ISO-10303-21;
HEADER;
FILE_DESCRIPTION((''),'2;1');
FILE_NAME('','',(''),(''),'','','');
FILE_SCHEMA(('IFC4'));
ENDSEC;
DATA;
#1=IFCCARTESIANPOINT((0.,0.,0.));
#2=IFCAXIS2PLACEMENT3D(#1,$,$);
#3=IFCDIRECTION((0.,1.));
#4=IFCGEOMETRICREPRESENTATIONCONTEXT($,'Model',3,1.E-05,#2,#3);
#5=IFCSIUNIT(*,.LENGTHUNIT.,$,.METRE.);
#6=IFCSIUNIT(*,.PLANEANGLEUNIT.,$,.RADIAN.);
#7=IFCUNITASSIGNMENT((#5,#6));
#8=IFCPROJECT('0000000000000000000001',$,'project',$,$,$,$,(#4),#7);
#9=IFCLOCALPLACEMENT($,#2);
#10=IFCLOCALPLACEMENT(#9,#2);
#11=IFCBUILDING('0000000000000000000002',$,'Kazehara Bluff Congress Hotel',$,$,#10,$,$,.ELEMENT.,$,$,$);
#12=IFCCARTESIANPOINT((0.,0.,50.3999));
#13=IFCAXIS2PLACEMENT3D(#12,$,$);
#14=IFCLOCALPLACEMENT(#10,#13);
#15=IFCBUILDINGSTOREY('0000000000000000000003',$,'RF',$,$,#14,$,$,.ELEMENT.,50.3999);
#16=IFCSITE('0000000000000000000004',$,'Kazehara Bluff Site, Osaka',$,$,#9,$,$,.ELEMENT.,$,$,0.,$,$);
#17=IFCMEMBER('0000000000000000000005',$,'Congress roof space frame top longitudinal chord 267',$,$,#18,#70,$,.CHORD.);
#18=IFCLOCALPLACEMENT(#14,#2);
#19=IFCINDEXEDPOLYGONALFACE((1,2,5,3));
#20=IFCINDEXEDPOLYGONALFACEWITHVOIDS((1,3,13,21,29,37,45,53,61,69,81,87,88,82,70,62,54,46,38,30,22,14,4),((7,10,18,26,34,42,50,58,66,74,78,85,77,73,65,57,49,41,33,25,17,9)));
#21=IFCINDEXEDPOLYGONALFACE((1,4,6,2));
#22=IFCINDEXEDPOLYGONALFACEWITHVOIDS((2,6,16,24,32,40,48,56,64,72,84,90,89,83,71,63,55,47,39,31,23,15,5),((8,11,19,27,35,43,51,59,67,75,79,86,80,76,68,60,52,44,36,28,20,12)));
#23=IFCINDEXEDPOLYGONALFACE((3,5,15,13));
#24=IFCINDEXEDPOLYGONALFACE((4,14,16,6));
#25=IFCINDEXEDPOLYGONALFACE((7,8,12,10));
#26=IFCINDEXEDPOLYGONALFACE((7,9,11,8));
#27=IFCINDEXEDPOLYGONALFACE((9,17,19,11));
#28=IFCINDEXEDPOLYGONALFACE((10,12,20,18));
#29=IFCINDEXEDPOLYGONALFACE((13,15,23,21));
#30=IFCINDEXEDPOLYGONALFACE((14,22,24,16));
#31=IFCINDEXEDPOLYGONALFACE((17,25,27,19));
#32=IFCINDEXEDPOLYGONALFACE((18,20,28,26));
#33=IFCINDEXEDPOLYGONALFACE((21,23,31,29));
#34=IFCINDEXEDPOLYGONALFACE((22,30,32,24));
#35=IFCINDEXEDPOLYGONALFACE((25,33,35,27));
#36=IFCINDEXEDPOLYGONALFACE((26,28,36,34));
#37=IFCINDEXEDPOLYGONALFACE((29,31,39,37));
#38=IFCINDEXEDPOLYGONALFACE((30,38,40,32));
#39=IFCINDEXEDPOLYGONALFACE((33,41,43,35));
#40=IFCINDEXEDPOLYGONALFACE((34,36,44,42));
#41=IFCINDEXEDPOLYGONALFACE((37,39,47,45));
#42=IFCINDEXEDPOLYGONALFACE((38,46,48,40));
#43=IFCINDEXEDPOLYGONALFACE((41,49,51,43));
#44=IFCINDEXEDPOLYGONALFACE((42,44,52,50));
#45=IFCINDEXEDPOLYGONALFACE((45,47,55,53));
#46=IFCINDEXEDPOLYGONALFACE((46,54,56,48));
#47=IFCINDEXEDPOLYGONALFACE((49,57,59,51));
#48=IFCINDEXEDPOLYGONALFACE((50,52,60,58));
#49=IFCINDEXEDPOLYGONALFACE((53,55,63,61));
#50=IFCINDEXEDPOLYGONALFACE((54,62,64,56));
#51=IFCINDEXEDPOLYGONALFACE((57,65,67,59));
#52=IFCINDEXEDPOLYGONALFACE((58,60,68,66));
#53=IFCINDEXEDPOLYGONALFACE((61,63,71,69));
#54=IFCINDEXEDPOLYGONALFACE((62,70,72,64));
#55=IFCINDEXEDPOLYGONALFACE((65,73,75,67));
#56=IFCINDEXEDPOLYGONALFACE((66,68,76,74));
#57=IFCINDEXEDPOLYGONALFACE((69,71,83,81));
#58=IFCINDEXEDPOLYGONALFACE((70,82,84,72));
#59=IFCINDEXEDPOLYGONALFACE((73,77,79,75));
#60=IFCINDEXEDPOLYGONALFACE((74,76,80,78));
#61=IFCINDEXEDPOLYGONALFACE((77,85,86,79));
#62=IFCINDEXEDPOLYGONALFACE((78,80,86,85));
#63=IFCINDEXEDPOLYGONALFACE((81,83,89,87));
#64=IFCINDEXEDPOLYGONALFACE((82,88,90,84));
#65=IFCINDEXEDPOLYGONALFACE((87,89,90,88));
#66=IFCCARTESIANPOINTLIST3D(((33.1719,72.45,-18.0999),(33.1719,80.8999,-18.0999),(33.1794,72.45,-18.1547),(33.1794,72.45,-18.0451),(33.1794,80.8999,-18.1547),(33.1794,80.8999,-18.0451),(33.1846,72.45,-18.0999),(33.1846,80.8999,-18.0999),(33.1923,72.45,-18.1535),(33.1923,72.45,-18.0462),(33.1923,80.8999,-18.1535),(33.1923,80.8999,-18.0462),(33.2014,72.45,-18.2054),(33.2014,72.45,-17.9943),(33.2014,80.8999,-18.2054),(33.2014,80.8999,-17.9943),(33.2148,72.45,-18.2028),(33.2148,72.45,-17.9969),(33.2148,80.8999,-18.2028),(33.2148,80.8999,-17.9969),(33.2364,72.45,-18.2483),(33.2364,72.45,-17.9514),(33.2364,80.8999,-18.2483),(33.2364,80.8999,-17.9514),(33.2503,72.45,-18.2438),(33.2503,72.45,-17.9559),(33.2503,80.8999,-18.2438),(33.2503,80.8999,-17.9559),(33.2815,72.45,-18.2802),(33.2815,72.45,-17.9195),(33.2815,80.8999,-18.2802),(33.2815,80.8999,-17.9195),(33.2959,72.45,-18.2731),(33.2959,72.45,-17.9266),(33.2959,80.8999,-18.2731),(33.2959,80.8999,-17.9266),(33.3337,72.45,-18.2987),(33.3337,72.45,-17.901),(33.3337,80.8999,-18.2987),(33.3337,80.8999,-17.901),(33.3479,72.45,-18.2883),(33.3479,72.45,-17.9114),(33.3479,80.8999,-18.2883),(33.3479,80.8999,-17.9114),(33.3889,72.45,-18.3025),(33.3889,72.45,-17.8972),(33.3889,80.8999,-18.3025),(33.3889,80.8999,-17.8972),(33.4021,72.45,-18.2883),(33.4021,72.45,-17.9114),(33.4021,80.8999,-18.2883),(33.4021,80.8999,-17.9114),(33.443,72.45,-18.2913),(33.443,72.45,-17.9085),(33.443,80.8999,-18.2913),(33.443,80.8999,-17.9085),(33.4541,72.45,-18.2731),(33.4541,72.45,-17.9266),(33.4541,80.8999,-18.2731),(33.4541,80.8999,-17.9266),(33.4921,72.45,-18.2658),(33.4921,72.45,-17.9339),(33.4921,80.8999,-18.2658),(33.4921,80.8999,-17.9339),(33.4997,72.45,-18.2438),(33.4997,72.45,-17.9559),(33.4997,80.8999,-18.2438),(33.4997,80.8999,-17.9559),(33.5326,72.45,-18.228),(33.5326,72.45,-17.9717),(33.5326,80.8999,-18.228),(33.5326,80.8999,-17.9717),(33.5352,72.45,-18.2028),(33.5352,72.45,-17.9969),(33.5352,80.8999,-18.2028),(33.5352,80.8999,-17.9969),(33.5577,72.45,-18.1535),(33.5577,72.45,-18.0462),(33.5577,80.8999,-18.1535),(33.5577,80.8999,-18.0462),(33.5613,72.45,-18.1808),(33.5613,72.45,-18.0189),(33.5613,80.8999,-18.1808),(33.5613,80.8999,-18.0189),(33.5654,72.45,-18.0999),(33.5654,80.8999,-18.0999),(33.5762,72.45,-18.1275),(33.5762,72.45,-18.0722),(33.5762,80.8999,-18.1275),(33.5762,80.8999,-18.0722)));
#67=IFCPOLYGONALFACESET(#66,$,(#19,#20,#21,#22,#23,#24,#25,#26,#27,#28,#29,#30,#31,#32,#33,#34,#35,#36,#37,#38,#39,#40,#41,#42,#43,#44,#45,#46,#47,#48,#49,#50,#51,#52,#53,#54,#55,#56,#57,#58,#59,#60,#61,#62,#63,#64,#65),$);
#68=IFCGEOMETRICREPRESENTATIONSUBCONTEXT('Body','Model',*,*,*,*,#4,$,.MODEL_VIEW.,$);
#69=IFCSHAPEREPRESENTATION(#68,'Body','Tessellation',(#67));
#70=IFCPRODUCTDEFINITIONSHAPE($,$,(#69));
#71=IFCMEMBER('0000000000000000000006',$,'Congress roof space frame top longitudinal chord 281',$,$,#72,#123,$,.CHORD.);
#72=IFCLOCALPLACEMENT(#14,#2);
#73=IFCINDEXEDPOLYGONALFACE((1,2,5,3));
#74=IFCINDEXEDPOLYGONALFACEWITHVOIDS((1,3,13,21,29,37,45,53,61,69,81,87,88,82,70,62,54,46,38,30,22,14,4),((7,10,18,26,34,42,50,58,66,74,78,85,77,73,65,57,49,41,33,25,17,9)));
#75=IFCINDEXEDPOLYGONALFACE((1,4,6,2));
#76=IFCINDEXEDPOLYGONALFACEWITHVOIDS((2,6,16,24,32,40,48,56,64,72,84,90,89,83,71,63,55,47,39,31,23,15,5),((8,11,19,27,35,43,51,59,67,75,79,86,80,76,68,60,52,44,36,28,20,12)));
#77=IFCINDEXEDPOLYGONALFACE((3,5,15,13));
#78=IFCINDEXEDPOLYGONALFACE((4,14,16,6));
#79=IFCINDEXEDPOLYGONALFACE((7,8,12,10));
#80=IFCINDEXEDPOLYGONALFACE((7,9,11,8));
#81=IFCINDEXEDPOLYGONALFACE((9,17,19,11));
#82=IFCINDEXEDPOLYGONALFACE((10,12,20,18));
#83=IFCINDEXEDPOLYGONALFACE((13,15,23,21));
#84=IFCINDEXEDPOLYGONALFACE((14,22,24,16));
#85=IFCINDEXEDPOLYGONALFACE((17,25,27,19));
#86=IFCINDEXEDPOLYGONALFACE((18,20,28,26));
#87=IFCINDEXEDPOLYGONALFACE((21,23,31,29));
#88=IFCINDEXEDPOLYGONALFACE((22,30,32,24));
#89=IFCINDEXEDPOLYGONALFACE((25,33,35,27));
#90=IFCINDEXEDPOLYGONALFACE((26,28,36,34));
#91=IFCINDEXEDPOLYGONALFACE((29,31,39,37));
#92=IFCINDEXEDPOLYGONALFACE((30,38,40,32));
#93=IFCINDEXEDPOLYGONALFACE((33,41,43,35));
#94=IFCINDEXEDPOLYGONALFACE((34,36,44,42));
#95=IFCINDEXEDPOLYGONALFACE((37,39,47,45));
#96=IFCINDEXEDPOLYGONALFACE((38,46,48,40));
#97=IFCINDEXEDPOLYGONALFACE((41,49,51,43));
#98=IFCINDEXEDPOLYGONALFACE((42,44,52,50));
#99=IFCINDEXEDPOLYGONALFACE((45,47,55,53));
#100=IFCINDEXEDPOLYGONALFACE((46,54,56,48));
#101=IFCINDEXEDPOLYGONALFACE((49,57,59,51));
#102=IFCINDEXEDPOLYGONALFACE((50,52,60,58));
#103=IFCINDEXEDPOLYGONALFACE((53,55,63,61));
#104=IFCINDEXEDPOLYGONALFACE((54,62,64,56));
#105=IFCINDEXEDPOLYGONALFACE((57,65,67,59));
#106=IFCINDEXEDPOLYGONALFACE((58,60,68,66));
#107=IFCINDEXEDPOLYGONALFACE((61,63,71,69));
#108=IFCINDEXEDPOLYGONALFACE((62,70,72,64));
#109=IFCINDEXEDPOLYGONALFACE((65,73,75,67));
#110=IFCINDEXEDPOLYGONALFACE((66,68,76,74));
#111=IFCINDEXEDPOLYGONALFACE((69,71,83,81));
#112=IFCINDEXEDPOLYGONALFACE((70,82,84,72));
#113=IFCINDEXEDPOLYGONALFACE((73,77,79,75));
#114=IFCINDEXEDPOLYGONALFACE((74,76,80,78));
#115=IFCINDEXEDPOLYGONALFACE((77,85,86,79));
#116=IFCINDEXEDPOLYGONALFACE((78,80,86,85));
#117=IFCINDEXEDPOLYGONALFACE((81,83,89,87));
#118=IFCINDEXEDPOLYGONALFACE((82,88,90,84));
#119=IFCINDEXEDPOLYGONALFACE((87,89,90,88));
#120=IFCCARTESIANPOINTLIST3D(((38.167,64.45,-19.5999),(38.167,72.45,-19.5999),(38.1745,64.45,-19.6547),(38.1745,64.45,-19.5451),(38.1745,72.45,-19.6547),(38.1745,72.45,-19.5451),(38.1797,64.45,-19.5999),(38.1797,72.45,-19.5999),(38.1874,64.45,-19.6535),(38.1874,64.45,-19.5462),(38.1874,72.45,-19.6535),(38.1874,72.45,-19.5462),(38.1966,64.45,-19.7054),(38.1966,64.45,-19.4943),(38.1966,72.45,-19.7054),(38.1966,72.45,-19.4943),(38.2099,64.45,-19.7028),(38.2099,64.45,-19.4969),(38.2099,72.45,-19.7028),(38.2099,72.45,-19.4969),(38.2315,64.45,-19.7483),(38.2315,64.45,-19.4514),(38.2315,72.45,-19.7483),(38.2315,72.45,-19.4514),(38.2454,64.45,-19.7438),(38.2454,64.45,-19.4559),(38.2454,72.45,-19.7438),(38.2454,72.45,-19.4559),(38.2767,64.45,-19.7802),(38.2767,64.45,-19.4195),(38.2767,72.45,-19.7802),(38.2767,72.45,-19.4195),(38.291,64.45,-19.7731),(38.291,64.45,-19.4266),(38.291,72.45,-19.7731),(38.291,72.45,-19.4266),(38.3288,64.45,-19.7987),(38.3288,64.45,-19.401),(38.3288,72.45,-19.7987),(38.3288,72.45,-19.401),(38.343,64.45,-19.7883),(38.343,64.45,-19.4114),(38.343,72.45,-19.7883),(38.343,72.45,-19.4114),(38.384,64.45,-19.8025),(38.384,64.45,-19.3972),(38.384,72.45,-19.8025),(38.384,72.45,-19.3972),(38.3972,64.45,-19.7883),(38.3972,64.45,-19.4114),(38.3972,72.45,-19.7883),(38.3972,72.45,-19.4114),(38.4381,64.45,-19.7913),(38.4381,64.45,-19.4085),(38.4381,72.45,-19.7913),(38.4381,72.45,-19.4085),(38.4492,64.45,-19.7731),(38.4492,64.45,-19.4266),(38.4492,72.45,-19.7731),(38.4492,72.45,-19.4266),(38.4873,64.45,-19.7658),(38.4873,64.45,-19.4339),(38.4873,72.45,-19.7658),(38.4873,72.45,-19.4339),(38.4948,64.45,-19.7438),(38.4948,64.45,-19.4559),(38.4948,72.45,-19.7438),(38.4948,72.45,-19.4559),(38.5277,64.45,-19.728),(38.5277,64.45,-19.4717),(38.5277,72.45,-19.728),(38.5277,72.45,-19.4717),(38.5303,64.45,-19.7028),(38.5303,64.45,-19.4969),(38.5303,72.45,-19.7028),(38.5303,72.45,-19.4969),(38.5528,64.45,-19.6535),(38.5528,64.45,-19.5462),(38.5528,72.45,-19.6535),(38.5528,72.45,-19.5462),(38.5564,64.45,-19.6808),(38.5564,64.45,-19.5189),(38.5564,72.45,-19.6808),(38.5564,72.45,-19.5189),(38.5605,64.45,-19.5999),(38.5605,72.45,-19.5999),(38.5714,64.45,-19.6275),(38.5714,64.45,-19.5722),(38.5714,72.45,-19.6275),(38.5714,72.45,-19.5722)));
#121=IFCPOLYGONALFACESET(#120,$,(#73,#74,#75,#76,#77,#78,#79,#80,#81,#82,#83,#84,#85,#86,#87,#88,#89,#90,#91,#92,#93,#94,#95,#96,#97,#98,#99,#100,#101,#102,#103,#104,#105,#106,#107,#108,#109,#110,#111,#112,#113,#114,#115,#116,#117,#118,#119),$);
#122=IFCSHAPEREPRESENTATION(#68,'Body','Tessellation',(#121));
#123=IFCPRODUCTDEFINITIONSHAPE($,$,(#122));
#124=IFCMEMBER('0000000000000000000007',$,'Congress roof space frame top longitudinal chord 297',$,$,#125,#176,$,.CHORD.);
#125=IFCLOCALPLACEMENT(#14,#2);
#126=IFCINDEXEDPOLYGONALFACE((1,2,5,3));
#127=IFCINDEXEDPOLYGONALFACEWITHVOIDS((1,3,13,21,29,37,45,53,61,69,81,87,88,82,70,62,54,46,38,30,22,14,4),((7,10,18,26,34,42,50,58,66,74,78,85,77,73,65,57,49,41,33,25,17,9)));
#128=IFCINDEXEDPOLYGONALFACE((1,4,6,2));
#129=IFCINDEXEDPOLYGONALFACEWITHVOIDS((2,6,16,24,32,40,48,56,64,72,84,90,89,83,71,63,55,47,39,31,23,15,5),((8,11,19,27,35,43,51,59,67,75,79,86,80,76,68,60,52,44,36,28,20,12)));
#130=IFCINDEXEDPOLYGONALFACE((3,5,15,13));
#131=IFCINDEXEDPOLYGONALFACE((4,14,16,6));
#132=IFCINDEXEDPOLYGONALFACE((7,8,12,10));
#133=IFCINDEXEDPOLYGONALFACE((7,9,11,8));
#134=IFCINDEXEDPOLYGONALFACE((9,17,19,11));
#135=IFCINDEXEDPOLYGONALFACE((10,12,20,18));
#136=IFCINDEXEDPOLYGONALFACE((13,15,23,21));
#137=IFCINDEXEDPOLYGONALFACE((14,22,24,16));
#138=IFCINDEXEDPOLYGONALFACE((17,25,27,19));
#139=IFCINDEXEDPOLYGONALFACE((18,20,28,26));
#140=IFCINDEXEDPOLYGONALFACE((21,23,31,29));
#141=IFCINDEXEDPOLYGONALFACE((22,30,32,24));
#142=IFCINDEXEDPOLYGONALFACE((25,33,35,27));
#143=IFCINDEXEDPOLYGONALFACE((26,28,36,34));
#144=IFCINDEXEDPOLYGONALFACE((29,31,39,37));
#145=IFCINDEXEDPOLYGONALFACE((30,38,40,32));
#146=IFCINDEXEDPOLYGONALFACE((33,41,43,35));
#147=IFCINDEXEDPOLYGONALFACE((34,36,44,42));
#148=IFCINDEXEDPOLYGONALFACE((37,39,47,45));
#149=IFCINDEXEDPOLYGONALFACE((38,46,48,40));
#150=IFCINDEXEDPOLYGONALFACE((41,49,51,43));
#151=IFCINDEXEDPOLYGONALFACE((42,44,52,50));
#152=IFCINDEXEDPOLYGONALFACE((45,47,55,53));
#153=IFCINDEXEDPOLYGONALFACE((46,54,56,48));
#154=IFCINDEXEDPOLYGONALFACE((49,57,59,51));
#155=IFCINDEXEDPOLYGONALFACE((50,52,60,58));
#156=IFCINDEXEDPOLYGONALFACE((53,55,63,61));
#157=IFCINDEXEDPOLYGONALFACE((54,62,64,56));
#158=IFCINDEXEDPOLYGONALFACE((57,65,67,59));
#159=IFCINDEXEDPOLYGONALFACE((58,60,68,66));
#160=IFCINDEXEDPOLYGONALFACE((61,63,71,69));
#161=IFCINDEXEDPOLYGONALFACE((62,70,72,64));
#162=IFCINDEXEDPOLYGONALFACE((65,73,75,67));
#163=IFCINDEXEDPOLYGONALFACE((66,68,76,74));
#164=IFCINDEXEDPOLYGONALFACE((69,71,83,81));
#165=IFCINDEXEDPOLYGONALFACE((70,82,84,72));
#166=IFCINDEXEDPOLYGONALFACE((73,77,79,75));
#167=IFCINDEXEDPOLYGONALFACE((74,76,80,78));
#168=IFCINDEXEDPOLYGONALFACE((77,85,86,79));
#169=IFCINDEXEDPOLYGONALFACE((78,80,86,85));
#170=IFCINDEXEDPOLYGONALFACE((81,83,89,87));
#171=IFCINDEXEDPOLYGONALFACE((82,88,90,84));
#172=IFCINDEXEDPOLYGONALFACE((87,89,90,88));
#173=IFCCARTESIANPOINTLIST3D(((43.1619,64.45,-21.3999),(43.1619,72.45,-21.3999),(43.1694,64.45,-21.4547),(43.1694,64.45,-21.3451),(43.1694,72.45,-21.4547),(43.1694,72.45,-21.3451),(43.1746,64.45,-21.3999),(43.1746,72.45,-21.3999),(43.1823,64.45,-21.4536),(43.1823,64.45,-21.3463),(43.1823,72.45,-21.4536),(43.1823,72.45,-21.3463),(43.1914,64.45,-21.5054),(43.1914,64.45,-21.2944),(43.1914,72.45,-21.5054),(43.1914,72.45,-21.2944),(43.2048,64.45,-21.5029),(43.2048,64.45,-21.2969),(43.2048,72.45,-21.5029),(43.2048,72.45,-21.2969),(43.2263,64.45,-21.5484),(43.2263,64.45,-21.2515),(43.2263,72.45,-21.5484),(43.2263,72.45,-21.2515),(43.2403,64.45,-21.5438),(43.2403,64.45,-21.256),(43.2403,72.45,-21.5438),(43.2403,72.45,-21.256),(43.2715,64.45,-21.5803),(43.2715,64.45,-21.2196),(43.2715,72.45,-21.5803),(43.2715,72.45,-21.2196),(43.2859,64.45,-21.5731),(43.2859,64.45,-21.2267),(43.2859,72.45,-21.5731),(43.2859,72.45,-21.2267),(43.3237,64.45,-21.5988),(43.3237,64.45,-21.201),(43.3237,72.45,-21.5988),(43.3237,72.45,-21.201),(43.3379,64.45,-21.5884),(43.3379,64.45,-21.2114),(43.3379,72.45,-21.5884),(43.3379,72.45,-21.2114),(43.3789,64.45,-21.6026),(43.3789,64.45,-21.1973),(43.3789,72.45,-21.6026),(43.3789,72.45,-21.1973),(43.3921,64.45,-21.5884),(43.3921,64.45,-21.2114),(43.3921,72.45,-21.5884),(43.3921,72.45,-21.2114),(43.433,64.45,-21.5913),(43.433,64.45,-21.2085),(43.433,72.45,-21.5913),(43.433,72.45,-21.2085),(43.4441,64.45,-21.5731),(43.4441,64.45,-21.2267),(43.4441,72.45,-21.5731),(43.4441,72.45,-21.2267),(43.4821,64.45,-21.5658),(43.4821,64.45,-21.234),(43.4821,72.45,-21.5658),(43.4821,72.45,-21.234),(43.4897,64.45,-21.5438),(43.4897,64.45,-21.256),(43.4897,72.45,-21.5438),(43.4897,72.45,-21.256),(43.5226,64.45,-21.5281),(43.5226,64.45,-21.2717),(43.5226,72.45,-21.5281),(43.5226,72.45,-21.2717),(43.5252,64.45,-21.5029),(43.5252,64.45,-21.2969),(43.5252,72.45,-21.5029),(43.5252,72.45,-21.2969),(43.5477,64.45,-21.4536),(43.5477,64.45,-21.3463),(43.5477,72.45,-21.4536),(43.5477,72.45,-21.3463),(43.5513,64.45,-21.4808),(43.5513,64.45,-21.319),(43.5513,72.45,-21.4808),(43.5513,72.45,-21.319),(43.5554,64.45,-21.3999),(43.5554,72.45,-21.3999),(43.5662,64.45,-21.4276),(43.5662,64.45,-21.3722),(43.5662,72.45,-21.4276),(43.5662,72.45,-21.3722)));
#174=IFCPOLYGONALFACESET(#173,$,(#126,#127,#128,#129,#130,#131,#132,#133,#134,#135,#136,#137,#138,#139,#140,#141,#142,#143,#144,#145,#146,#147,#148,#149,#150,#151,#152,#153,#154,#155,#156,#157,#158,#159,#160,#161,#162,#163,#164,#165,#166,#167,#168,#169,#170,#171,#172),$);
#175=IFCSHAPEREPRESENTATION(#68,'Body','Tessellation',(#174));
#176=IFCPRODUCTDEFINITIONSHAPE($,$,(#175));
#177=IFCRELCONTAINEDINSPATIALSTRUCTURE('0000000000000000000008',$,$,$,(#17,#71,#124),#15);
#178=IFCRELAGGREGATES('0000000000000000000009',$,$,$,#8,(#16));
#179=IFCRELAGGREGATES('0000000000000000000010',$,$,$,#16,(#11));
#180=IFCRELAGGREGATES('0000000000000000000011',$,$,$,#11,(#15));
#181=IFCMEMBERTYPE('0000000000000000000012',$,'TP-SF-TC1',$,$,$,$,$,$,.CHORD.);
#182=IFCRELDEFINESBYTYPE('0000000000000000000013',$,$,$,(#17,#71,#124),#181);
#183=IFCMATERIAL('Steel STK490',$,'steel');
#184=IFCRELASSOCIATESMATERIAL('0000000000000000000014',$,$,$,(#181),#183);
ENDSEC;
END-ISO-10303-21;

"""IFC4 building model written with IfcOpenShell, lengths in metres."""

from ifc_helpers import new_model, si_unit, direction, frame, origin, origin_2d, place, context, subcontext, project, spatial, hollow_circle, extrude, material, material_profile, profile_set, type_object, element, save


model = new_model("IFC4")

# Units and contexts
model_context = context("Model", 3, precision=1e-05, world=origin(), true_north=direction((0.0, 1.0)))
body_context = subcontext(model_context, "Body", "Model", "MODEL_VIEW")
ifc_project = project(units=[si_unit("LENGTHUNIT", "METRE"), si_unit("PLANEANGLEUNIT", "RADIAN")], contexts=[model_context])

# Site, building, storey
site_placement = place(None, origin())
site = spatial("IfcSite", under=ifc_project, at=site_placement, Name="Kazehara Bluff Site, Osaka", CompositionType="ELEMENT", RefElevation=0.0)
building_placement = place(site_placement, origin())
building = spatial("IfcBuilding", under=site, at=building_placement, Name="Kazehara Bluff Congress Hotel", CompositionType="ELEMENT")
storey_placement = place(building_placement, frame((0.0, 0.0, 50.3999)))
storey = spatial("IfcBuildingStorey", under=building, at=storey_placement, Name="RF", CompositionType="ELEMENT", Elevation=50.3999)

# Members
ifc_material_1 = material(Name="Steel STK490", Category="steel")
ifc_material_profile_1 = material_profile(ifc_material_1, hollow_circle(Radius=0.2031, WallThickness=0.0127, at=origin_2d()))
ifc_profile_set_1 = profile_set([ifc_material_profile_1], Name="Steel STK490")
member_type_1 = type_object("IfcMemberType", Name="TP-SF-TC1", PredefinedType="CHORD", material=ifc_profile_set_1)
member_1_placement = place(storey_placement, frame((33.375, 72.45, -18.0999), z_axis=(0.0, 1.0, 0.0), x_axis=(-1.0, 0.0, 0.0)))
element("IfcMember", 1, at=member_1_placement, inside=storey, type_object=member_type_1, Name="Congress roof space frame top longitudinal chord 267", PredefinedType="CHORD", context=body_context, shape_type="SweptSolid", body=[
    extrude(hollow_circle(Radius=0.2031, WallThickness=0.0127, at=origin_2d()), origin(), (0.0, 0.0, 1.0), 8.45),
])
for number, where, z_axis, x_axis, name in (
    (2, (38.3701, 64.45, -19.5999), (0.0, 1.0, 0.0), (-1.0, 0.0, 0.0), "Congress roof space frame top longitudinal chord 281"),
    (3, (43.365, 64.45, -21.3999), (0.0, 1.0, 0.0), (-1.0, 0.0, 0.0), "Congress roof space frame top longitudinal chord 297"),
):
    element("IfcMember", number, at=place(storey_placement, frame(where, z_axis=z_axis, x_axis=x_axis)), inside=storey, type_object=member_type_1, Name=name, PredefinedType="CHORD", context=body_context, shape_type="SweptSolid", body=[
        extrude(hollow_circle(Radius=0.2031, WallThickness=0.0127, at=origin_2d()), origin(), (0.0, 0.0, 1.0), 8.0),
    ])

save(model, "model.ifc")
